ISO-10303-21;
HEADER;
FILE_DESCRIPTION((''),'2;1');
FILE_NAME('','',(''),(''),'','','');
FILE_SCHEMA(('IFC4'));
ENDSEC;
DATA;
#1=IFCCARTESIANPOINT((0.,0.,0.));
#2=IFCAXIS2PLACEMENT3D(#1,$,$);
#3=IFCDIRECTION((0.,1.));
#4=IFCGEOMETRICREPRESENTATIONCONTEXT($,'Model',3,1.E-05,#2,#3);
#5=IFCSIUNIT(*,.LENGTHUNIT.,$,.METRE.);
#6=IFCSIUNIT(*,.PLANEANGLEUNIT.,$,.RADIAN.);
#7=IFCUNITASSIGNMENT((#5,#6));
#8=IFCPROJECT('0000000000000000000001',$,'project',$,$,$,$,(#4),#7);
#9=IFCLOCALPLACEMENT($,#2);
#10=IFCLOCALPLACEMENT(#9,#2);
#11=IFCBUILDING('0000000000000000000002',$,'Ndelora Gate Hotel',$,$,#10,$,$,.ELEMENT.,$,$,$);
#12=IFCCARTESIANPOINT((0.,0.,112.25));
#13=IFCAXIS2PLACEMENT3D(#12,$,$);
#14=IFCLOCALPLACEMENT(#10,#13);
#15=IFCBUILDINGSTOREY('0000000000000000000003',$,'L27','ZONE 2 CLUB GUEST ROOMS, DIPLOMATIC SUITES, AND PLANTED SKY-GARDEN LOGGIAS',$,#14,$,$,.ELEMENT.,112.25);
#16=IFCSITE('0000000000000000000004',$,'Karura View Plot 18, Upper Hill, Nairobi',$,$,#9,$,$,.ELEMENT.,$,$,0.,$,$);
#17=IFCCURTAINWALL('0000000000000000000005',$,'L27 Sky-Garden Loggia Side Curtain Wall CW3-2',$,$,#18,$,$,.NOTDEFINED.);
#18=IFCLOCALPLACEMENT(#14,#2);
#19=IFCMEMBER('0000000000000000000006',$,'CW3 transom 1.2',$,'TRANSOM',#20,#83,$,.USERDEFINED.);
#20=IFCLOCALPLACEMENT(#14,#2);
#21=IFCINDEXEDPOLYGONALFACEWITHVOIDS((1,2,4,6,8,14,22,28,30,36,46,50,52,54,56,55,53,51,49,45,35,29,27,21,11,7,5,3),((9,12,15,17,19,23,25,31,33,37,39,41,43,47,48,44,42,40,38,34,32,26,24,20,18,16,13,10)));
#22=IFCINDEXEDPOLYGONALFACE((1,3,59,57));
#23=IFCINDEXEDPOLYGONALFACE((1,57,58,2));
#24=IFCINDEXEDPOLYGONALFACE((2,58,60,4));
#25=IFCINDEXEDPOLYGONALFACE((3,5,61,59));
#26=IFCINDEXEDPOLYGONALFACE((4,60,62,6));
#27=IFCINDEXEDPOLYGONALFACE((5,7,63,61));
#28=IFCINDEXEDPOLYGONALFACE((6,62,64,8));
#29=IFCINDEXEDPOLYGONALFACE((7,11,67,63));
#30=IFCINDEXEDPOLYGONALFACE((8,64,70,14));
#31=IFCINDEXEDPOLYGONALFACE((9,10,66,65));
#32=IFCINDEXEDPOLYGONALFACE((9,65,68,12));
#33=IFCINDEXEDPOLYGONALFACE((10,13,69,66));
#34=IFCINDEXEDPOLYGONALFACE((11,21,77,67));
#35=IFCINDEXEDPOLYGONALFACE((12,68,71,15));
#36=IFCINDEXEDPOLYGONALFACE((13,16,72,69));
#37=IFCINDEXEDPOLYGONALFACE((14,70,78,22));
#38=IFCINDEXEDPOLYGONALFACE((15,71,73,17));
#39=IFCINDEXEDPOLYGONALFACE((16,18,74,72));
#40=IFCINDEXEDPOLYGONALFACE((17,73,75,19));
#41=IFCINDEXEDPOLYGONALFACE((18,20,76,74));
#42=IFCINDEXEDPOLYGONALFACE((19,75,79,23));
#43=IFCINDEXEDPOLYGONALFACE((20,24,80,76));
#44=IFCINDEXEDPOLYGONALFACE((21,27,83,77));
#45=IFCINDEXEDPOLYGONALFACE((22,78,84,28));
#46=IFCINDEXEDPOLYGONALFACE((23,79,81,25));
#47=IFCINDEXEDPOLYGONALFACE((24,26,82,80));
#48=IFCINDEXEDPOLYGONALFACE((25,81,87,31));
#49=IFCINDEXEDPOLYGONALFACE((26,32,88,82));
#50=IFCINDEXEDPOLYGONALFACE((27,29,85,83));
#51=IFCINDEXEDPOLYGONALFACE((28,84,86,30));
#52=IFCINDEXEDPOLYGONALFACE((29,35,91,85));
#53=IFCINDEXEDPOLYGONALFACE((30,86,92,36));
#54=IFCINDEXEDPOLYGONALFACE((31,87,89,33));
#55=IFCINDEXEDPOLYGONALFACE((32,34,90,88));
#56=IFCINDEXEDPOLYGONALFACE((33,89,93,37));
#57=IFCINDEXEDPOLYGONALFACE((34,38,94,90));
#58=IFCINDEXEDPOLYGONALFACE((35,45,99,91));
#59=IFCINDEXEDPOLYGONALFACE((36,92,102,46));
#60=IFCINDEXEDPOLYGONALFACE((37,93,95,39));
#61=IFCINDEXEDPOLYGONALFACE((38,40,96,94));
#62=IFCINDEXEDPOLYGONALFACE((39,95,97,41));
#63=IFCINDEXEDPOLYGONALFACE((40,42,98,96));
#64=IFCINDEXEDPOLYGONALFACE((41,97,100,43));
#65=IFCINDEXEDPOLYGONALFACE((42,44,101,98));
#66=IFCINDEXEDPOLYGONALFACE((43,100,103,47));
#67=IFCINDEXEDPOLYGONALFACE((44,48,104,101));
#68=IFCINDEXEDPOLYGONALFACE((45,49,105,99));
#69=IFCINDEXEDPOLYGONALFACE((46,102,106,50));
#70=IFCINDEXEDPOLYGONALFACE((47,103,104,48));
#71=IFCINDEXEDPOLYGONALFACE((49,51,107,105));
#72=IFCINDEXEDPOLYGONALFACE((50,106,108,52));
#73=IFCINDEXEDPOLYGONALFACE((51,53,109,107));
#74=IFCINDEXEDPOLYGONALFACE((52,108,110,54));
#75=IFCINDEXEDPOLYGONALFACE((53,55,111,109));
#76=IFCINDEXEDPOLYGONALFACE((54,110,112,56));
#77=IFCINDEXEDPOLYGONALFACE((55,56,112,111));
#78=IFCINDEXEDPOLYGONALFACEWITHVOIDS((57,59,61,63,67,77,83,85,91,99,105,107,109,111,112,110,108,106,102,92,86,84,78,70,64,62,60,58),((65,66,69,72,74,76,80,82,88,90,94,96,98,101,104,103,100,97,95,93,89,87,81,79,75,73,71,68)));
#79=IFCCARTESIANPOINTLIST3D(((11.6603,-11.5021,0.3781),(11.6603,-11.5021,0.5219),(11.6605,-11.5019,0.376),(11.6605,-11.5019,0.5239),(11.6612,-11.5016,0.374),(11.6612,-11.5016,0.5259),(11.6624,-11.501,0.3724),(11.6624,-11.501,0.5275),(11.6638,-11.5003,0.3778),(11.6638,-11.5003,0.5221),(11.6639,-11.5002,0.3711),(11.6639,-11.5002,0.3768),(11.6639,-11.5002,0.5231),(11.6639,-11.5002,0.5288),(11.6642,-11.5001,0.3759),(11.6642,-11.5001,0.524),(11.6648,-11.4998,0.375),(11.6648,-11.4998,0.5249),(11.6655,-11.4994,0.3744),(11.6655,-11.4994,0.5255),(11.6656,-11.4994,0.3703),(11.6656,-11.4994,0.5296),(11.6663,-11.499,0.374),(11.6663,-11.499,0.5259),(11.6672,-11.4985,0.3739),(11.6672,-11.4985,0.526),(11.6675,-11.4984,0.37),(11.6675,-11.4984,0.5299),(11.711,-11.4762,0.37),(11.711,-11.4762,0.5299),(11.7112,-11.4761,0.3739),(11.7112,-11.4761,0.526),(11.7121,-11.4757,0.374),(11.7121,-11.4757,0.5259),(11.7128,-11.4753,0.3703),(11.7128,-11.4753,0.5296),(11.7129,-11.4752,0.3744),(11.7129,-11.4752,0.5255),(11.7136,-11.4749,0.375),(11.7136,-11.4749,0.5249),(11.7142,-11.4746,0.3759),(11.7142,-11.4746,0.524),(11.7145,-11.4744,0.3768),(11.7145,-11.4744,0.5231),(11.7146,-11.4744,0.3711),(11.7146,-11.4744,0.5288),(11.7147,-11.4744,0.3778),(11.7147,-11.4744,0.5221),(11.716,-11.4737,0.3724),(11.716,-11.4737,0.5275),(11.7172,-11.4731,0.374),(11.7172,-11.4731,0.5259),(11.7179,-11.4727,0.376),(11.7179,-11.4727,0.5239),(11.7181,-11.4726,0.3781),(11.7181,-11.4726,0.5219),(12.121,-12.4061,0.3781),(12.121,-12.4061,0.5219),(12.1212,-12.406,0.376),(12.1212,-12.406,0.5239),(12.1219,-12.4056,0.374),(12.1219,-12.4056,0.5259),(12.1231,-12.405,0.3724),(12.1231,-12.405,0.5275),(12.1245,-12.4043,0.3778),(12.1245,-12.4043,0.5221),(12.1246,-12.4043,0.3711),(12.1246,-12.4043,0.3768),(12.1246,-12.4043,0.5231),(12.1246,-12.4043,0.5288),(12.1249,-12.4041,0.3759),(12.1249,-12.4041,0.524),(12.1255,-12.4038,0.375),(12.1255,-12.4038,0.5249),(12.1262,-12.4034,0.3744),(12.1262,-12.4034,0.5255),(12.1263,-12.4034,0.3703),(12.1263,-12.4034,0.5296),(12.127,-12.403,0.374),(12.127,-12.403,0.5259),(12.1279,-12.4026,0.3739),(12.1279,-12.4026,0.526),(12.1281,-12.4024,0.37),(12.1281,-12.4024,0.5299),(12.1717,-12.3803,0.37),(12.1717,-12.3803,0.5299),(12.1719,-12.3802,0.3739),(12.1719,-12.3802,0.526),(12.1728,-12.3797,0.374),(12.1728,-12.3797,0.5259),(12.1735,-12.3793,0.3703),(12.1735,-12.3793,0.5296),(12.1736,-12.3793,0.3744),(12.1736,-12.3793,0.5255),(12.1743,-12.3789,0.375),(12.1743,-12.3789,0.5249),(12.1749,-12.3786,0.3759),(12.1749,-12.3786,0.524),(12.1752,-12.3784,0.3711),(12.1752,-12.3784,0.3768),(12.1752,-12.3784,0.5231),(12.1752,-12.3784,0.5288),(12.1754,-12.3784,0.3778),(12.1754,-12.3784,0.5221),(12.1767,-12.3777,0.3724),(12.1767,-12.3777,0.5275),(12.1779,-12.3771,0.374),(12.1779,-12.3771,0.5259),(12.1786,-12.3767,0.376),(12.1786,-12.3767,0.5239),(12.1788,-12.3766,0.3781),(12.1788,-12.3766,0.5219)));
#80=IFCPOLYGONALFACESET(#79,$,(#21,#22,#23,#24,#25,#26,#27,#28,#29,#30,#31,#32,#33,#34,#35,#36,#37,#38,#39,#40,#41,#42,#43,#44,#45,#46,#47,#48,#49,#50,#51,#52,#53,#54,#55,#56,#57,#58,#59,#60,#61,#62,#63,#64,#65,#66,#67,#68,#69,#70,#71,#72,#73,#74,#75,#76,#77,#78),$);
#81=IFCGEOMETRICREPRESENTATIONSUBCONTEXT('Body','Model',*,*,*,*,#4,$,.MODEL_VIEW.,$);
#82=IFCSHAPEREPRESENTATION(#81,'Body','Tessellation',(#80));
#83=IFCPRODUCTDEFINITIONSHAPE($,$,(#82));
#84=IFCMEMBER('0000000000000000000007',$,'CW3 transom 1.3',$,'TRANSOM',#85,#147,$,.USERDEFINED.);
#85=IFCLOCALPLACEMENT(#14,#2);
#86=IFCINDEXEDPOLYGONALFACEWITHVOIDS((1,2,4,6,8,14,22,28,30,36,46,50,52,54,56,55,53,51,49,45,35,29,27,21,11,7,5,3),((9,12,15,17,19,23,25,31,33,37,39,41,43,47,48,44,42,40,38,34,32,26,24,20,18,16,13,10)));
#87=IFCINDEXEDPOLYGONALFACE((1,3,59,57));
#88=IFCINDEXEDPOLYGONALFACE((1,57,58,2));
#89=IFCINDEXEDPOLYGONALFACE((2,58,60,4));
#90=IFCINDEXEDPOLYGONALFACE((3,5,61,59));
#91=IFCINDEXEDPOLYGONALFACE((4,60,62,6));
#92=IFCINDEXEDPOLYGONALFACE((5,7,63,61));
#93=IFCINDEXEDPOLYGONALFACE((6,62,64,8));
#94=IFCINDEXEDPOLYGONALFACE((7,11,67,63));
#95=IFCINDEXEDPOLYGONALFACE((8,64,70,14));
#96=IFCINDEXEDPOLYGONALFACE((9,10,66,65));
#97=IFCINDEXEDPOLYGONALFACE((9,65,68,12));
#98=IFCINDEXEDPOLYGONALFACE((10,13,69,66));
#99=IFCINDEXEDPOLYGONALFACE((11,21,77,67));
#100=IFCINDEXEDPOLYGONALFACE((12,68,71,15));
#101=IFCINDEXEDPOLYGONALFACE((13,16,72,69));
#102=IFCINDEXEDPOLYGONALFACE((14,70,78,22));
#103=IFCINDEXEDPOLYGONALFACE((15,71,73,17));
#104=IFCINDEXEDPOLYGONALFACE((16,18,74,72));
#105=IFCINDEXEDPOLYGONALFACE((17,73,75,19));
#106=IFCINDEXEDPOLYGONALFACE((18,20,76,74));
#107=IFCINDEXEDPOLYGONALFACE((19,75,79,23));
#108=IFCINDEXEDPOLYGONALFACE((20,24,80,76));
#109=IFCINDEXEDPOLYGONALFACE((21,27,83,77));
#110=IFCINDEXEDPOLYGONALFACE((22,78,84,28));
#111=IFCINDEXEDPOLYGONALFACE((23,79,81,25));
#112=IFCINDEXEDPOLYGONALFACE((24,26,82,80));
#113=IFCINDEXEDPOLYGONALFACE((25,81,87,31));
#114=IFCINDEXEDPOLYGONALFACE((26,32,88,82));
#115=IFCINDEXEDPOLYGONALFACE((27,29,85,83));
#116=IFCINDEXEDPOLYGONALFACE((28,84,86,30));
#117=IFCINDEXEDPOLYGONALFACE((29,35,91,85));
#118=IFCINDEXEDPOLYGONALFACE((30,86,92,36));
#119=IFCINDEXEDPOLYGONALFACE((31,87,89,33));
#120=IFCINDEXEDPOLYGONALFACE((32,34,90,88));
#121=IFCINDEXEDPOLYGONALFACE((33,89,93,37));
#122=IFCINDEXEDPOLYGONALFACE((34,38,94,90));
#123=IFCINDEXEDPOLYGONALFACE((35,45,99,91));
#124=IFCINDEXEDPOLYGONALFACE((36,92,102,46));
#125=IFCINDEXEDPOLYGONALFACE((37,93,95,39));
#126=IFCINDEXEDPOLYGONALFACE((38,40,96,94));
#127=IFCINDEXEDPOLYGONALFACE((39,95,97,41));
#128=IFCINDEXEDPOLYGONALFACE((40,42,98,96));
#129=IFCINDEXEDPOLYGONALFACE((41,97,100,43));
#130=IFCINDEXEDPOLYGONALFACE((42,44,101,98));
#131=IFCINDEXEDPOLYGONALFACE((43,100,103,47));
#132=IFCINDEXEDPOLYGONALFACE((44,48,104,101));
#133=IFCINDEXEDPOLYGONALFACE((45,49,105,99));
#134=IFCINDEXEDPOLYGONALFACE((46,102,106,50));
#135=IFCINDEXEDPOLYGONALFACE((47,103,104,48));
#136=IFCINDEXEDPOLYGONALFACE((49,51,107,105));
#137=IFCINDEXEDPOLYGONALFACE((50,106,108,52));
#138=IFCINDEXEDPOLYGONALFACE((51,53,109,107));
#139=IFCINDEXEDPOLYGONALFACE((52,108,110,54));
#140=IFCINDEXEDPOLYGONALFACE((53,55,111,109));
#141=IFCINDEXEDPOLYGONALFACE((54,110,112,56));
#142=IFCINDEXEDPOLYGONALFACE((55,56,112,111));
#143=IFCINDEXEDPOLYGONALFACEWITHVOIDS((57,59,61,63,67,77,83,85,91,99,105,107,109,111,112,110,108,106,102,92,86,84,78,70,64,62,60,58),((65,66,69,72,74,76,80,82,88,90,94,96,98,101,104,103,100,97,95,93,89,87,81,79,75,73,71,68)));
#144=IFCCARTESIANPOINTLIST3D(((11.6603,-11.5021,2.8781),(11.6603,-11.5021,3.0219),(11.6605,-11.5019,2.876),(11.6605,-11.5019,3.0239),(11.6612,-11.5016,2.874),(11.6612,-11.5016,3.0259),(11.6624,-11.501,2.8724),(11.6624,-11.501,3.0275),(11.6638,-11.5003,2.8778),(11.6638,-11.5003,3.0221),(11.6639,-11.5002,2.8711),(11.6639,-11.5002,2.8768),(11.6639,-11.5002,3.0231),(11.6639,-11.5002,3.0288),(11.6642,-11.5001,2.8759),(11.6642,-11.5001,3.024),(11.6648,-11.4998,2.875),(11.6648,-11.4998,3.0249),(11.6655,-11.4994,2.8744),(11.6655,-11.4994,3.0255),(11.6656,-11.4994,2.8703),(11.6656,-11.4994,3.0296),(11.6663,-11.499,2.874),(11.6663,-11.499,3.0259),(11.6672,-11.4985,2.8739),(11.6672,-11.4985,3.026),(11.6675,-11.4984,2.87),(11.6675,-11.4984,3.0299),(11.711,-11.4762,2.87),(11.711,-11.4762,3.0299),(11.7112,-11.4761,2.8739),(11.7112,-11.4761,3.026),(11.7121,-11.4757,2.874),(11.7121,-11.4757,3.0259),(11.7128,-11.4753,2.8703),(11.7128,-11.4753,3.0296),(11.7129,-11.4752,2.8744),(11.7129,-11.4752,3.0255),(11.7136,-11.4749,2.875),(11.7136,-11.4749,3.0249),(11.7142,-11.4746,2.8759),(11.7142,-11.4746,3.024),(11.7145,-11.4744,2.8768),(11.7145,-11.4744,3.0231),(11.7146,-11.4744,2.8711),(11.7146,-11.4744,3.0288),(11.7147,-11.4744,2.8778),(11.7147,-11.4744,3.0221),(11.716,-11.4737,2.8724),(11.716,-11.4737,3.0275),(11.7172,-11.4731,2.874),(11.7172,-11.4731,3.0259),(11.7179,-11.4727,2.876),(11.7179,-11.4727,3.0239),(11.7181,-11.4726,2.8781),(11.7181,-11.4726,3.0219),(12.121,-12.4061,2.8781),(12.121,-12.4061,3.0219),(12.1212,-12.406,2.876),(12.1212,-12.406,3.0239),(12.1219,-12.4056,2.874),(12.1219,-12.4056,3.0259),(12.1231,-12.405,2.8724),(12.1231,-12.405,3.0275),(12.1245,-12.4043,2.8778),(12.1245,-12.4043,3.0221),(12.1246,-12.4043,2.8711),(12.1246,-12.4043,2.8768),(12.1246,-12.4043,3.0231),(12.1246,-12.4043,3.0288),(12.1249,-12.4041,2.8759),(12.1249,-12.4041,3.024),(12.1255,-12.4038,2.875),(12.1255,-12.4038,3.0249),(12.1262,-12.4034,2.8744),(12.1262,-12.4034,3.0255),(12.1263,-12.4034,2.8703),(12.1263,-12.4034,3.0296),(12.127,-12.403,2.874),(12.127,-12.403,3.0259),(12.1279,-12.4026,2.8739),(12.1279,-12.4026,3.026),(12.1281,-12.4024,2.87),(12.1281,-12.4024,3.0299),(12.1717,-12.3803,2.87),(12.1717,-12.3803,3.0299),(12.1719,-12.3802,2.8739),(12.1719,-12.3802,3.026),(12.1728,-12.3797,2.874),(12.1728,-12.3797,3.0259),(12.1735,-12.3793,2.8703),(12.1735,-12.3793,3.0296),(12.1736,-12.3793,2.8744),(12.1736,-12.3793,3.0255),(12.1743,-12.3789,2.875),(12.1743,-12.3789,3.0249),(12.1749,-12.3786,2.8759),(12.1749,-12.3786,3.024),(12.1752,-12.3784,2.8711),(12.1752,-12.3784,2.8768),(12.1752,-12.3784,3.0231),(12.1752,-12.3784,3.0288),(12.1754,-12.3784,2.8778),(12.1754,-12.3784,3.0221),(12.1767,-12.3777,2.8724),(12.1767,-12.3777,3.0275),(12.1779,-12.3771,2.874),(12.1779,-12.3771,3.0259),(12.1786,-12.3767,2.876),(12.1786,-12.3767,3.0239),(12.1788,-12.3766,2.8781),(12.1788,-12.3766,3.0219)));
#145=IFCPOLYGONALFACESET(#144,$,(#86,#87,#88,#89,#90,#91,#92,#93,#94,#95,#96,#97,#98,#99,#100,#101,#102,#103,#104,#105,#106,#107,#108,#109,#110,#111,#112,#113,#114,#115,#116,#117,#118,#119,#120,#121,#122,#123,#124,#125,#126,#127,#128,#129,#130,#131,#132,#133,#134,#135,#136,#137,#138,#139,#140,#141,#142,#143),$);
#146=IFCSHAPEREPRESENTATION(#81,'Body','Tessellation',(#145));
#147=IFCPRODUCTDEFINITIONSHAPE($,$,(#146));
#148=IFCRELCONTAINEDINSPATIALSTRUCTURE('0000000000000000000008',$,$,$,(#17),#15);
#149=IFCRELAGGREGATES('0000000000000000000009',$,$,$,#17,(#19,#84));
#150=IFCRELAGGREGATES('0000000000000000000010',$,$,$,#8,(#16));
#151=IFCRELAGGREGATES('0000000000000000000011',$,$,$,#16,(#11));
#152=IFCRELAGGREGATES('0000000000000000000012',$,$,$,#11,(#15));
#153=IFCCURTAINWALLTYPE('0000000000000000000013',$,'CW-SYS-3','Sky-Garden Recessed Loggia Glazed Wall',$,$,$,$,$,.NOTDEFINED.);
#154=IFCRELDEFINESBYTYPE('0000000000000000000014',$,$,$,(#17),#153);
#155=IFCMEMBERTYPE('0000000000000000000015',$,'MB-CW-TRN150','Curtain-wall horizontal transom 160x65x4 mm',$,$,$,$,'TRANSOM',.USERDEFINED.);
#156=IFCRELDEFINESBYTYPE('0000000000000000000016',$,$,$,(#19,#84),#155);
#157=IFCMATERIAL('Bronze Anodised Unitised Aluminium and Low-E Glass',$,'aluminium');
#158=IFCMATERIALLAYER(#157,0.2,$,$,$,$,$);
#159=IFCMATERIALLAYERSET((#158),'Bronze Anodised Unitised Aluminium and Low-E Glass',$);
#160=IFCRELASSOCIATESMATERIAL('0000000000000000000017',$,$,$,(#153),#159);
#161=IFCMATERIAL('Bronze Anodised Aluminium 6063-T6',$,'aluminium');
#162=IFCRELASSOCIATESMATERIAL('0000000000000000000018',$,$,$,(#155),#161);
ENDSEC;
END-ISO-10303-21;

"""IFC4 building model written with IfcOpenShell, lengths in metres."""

from ifc_helpers import new_model, si_unit, direction, frame, origin, origin_2d, place, context, subcontext, project, spatial, hollow_rectangle, extrude, material, layer, layer_set, material_profile, profile_set, type_object, element, aggregate, save


model = new_model("IFC4")

# Units and contexts
model_context = context("Model", 3, precision=1e-05, world=origin(), true_north=direction((0.0, 1.0)))
body_context = subcontext(model_context, "Body", "Model", "MODEL_VIEW")
ifc_project = project(units=[si_unit("LENGTHUNIT", "METRE"), si_unit("PLANEANGLEUNIT", "RADIAN")], contexts=[model_context])

# Site, building, storey
site_placement = place(None, origin())
site = spatial("IfcSite", under=ifc_project, at=site_placement, Name="Karura View Plot 18, Upper Hill, Nairobi", CompositionType="ELEMENT", RefElevation=0.0)
building_placement = place(site_placement, origin())
building = spatial("IfcBuilding", under=site, at=building_placement, Name="Ndelora Gate Hotel", CompositionType="ELEMENT")
storey_placement = place(building_placement, frame((0.0, 0.0, 112.25)))
storey = spatial("IfcBuildingStorey", under=building, at=storey_placement, Name="L27", Description="ZONE 2 CLUB GUEST ROOMS, DIPLOMATIC SUITES, AND PLANTED SKY-GARDEN LOGGIAS", CompositionType="ELEMENT", Elevation=112.25)

# Curtain wall, members
ifc_material_1 = material(Name="Bronze Anodised Unitised Aluminium and Low-E Glass", Category="aluminium")
ifc_layer_1 = layer(ifc_material_1, 0.2)
ifc_layer_set_1 = layer_set([ifc_layer_1], Name="Bronze Anodised Unitised Aluminium and Low-E Glass")
curtain_wall_type = type_object("IfcCurtainWallType", Name="CW-SYS-3", Description="Sky-Garden Recessed Loggia Glazed Wall", PredefinedType="NOTDEFINED", material=ifc_layer_set_1)
curtain_wall_placement = place(storey_placement, origin())
curtain_wall = element("IfcCurtainWall", 1, at=curtain_wall_placement, inside=storey, type_object=curtain_wall_type, Name="L27 Sky-Garden Loggia Side Curtain Wall CW3-2", PredefinedType="NOTDEFINED")
ifc_material_2 = material(Name="Bronze Anodised Aluminium 6063-T6", Category="aluminium")
ifc_material_profile_1 = material_profile(ifc_material_2, hollow_rectangle(XDim=0.0649, YDim=0.1599, WallThickness=0.0039, InnerFilletRadius=0.0039, OuterFilletRadius=0.0081, at=origin_2d()), Name="ALU 160x65x4")
ifc_profile_set_1 = profile_set([ifc_material_profile_1], Name="Bronze Anodised Aluminium 6063-T6")
member_type_1 = type_object("IfcMemberType", Name="MB-CW-TRN150", Description="Curtain-wall horizontal transom 160x65x4 mm", ElementType="TRANSOM", PredefinedType="USERDEFINED", material=ifc_profile_set_1)
member_1_placement = place(storey_placement, frame((12.1499, -12.3914, 0.45), z_axis=(-0.454034, 0.890984, 0.0), x_axis=(-0.890984, -0.454034, 0.0)))
member_1 = element("IfcMember", 2, at=member_1_placement, type_object=member_type_1, Name="CW3 transom 1.2", ObjectType="TRANSOM", PredefinedType="USERDEFINED", context=body_context, shape_type="SweptSolid", body=[
    extrude(hollow_rectangle(XDim=0.0649, YDim=0.1599, WallThickness=0.0039, InnerFilletRadius=0.0039, OuterFilletRadius=0.0081, at=origin_2d()), origin(), (0.0, 0.0, 1.0), 1.0146),
])
member_2_placement = place(storey_placement, frame((12.1499, -12.3914, 2.95), z_axis=(-0.454034, 0.890984, 0.0), x_axis=(-0.890984, -0.454034, 0.0)))
member_2 = element("IfcMember", 3, at=member_2_placement, type_object=member_type_1, Name="CW3 transom 1.3", ObjectType="TRANSOM", PredefinedType="USERDEFINED", context=body_context, shape_type="SweptSolid", body=[
    extrude(hollow_rectangle(XDim=0.0649, YDim=0.1599, WallThickness=0.0039, InnerFilletRadius=0.0039, OuterFilletRadius=0.0081, at=origin_2d()), origin(), (0.0, 0.0, 1.0), 1.0146),
])
aggregate(curtain_wall, [member_1, member_2])

save(model, "model.ifc")
